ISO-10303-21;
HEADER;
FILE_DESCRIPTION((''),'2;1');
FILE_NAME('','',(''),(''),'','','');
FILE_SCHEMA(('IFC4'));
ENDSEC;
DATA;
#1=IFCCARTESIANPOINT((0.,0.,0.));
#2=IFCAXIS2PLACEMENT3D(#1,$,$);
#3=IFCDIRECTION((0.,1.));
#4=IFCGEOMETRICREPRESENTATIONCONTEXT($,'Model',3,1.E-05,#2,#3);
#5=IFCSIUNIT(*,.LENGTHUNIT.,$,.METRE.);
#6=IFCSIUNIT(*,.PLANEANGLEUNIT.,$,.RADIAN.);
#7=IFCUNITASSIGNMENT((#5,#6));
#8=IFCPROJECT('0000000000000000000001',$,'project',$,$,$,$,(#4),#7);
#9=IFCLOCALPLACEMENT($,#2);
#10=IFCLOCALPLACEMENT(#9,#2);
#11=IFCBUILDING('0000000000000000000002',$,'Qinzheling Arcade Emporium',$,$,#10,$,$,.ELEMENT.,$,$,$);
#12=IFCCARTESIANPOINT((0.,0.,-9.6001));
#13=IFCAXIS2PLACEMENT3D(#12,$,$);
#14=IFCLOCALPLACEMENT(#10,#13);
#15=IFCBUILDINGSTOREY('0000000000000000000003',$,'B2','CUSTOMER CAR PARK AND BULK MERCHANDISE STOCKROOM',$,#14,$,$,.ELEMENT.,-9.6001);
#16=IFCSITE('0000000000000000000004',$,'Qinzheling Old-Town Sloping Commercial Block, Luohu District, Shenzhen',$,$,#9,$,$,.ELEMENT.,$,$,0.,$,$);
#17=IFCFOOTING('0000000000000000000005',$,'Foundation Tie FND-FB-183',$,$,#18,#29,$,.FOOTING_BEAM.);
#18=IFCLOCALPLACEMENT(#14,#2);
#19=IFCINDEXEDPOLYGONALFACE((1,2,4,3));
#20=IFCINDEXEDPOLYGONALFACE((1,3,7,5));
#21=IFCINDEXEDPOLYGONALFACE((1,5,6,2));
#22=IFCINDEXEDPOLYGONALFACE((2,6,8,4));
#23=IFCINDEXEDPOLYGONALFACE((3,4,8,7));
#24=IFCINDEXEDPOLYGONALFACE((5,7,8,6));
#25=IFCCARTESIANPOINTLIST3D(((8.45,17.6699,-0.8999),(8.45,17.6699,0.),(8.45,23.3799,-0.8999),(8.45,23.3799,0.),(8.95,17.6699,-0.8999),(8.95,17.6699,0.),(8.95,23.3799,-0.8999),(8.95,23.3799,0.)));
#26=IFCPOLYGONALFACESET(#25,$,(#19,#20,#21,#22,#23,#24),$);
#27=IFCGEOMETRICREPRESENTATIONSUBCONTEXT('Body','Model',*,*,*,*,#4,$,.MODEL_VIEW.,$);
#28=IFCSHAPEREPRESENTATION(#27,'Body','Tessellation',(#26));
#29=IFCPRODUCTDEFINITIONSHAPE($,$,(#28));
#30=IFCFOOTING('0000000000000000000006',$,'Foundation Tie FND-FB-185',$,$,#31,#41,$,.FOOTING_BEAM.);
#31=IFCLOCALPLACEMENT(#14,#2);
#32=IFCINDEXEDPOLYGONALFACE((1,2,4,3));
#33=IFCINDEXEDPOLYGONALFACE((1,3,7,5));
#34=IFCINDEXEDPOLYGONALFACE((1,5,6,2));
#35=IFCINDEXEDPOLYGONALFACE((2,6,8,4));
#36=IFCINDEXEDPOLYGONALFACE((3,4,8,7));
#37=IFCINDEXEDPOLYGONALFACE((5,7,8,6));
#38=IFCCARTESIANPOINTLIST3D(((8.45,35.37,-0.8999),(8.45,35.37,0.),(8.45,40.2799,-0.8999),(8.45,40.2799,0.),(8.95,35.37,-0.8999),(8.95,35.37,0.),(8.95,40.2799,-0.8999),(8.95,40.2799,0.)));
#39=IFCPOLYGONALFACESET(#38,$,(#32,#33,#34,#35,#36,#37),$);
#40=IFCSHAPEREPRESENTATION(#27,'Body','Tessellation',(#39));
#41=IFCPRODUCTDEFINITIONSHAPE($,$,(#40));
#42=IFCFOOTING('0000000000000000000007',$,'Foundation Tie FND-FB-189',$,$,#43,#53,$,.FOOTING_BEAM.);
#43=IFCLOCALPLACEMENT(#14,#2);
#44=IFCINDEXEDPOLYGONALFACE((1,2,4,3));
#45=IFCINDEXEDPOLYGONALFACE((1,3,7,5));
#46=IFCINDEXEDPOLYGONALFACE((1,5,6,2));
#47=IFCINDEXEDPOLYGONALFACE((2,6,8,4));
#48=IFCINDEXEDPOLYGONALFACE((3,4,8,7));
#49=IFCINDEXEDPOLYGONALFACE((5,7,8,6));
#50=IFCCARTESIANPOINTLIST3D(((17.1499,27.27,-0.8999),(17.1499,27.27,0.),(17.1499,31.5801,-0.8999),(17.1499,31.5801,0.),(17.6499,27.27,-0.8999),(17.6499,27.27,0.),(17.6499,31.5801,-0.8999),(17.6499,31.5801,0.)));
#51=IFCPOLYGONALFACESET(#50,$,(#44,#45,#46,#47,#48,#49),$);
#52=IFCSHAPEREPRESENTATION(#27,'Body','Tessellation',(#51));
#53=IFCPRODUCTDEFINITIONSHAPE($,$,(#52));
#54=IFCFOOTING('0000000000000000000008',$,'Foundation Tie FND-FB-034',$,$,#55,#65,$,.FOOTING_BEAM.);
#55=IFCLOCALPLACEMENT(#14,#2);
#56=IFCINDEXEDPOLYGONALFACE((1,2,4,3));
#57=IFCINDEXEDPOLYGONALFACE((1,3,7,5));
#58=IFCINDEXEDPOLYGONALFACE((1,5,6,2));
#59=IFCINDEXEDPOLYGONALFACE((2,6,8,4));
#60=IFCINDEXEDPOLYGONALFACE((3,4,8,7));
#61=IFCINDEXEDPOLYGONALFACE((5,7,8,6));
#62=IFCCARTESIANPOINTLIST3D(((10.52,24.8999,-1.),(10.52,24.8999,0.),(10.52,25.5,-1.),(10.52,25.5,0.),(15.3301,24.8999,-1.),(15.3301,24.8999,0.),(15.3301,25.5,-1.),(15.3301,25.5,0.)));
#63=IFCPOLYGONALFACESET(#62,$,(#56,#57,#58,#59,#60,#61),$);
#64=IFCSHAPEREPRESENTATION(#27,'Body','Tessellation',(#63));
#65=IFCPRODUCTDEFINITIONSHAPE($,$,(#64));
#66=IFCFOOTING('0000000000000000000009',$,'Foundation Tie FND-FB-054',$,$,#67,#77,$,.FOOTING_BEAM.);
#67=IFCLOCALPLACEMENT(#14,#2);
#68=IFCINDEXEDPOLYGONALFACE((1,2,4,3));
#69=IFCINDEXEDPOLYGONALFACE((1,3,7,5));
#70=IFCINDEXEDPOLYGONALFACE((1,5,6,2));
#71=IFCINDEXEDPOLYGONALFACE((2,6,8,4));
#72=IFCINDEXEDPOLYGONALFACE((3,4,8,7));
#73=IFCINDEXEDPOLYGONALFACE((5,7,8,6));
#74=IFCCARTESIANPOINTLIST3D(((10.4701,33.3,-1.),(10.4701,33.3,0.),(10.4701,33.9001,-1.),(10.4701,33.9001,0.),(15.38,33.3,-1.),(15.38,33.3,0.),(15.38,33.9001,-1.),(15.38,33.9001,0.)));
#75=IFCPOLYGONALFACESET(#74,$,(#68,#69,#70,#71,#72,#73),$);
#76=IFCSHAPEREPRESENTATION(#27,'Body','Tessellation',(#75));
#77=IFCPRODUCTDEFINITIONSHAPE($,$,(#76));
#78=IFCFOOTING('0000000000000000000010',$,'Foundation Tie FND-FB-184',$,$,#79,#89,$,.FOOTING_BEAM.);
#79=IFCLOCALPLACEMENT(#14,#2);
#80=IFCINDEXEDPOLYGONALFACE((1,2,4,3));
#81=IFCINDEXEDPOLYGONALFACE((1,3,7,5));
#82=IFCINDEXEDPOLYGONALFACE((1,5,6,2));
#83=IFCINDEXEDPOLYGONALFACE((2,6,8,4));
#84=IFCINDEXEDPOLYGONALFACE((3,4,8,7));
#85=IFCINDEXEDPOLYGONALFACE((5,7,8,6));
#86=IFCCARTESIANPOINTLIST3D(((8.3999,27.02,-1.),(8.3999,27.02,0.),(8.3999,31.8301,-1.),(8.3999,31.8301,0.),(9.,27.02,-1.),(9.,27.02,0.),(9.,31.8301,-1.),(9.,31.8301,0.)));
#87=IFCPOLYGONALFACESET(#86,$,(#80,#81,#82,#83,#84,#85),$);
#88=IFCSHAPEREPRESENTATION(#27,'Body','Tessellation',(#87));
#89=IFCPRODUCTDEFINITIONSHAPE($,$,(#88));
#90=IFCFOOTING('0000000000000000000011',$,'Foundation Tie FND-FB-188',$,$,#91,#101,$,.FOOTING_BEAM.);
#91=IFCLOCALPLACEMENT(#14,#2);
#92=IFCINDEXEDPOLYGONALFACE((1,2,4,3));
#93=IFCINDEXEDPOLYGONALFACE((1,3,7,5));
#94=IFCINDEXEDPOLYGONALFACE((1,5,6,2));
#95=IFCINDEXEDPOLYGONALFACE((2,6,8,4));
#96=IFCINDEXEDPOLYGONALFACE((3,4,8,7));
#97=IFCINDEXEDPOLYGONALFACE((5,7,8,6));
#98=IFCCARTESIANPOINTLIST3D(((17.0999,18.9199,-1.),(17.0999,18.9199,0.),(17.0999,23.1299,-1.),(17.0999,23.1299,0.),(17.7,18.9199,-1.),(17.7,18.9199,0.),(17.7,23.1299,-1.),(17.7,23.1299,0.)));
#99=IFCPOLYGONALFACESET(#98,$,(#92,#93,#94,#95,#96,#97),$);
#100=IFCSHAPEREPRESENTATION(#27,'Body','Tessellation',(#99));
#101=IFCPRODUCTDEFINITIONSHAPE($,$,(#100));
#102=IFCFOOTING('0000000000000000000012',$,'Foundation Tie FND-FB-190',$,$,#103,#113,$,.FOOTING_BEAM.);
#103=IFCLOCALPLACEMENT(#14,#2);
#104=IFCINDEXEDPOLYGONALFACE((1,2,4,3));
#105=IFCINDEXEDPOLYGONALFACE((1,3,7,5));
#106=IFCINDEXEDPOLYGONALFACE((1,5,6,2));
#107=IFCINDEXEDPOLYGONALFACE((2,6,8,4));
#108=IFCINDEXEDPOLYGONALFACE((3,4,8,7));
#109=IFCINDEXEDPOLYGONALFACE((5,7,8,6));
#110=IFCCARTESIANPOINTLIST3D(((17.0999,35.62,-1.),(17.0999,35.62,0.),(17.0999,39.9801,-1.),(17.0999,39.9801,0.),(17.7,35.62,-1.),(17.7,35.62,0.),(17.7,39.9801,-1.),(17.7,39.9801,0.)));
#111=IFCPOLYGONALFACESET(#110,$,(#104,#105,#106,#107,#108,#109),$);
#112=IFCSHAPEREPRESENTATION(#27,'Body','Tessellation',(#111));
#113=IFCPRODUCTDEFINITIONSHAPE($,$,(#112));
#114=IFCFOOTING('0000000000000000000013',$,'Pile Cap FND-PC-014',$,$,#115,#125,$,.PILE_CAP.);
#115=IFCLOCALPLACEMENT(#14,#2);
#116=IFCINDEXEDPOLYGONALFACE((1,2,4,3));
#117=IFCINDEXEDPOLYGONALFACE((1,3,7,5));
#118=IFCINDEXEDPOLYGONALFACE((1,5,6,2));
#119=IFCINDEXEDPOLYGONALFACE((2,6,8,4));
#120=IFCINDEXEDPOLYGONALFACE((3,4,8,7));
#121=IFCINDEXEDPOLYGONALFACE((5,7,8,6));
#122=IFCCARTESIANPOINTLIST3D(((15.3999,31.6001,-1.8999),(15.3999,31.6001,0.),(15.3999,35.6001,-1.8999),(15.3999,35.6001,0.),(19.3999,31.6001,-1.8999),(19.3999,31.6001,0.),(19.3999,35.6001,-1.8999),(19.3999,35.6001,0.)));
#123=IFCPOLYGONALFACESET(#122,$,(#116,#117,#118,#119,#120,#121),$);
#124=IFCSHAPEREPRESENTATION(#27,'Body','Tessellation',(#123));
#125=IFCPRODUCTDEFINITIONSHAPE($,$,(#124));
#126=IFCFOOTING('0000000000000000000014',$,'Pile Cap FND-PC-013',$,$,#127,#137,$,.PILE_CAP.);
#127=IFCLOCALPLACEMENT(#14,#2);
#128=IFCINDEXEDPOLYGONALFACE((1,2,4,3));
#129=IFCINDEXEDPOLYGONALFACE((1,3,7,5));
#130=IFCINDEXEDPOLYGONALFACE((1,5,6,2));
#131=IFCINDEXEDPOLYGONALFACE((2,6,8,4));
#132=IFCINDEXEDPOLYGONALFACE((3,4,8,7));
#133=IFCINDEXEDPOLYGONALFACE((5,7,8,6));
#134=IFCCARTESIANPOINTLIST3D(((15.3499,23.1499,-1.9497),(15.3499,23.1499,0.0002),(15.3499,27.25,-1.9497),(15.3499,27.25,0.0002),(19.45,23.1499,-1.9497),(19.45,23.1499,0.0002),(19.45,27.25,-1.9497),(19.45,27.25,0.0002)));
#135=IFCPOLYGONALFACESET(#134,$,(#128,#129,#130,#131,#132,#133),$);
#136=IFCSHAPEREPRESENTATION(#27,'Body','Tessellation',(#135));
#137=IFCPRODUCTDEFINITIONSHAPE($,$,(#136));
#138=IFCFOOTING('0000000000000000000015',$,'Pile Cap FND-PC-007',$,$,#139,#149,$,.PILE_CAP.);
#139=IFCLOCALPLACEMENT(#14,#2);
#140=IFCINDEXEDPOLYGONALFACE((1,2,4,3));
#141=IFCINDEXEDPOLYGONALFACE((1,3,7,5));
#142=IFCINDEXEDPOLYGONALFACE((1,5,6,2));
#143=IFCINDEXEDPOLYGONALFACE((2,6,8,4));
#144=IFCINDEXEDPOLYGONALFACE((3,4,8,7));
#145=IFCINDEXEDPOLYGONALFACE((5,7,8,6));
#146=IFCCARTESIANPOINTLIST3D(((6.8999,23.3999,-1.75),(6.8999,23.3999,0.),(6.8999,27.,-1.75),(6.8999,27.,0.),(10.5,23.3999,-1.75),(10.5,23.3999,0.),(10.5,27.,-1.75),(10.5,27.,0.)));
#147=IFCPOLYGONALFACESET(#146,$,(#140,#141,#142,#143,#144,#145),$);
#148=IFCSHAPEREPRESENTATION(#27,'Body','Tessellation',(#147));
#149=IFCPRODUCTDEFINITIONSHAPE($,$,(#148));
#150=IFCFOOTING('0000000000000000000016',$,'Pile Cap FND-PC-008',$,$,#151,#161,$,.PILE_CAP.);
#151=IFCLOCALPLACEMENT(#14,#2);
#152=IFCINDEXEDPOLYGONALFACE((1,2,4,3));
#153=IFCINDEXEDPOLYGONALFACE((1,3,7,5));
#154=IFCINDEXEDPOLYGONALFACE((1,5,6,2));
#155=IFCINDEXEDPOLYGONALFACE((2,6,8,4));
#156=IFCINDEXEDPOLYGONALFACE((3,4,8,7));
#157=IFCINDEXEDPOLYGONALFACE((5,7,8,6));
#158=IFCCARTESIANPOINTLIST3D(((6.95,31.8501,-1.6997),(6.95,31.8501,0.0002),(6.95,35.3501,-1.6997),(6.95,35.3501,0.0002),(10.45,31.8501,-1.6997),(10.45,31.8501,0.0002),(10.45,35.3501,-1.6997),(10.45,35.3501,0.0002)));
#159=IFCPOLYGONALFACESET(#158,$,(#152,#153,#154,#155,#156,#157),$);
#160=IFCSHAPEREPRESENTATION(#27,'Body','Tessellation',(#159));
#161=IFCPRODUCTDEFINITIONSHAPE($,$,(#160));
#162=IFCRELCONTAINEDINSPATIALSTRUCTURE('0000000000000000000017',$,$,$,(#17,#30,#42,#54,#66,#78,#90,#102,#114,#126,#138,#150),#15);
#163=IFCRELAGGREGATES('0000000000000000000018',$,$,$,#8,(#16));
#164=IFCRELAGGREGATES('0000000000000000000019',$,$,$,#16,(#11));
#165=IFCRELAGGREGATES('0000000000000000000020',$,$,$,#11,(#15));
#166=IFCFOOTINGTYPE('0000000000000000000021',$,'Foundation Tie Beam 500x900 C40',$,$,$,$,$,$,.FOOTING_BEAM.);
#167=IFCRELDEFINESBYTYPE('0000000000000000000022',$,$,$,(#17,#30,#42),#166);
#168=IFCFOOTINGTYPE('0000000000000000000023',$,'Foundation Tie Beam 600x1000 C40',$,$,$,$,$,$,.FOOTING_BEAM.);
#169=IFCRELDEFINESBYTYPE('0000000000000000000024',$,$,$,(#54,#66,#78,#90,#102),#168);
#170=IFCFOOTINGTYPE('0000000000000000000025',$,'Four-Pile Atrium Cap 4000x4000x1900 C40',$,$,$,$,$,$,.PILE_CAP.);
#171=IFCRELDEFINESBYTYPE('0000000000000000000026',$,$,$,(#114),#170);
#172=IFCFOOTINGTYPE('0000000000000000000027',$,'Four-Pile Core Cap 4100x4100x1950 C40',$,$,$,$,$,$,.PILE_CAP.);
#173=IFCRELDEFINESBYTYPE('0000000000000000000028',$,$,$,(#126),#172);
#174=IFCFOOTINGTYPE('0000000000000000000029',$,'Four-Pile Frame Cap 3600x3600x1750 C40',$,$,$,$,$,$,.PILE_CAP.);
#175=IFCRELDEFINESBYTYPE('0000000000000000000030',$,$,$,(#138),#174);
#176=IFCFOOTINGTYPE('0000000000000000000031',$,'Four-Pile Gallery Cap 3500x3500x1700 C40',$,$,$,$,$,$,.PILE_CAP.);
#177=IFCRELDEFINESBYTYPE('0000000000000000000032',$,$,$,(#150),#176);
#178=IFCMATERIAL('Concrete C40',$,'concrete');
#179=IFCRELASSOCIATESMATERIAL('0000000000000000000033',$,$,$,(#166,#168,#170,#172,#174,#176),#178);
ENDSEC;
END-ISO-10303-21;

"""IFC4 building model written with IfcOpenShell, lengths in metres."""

from ifc_helpers import new_model, si_unit, direction, frame, origin, origin_2d, place, context, subcontext, project, spatial, rectangle, extrude, material, type_object, element, save


model = new_model("IFC4")

# Units and contexts
model_context = context("Model", 3, precision=1e-05, world=origin(), true_north=direction((0.0, 1.0)))
body_context = subcontext(model_context, "Body", "Model", "MODEL_VIEW")
ifc_project = project(units=[si_unit("LENGTHUNIT", "METRE"), si_unit("PLANEANGLEUNIT", "RADIAN")], contexts=[model_context])

# Site, building, storey
site_placement = place(None, origin())
site = spatial("IfcSite", under=ifc_project, at=site_placement, Name="Qinzheling Old-Town Sloping Commercial Block, Luohu District, Shenzhen", CompositionType="ELEMENT", RefElevation=0.0)
building_placement = place(site_placement, origin())
building = spatial("IfcBuilding", under=site, at=building_placement, Name="Qinzheling Arcade Emporium", CompositionType="ELEMENT")
storey_placement = place(building_placement, frame((0.0, 0.0, -9.6001)))
storey = spatial("IfcBuildingStorey", under=building, at=storey_placement, Name="B2", Description="CUSTOMER CAR PARK AND BULK MERCHANDISE STOCKROOM", CompositionType="ELEMENT", Elevation=-9.6001)

# Footings
ifc_material_1 = material(Name="Concrete C40", Category="concrete")
footing_type_1 = type_object("IfcFootingType", Name="Foundation Tie Beam 500x900 C40", PredefinedType="FOOTING_BEAM", material=ifc_material_1)
footing_1_placement = place(storey_placement, frame((8.7, 20.5249, -0.8999), z_axis=(0.0, 0.0, 1.0), x_axis=(1.0, 0.0, 0.0)))
element("IfcFooting", 1, at=footing_1_placement, inside=storey, type_object=footing_type_1, Name="Foundation Tie FND-FB-183", PredefinedType="FOOTING_BEAM", context=body_context, shape_type="SweptSolid", body=[
    extrude(rectangle(XDim=0.5, YDim=5.71, at=origin_2d()), origin(), (0.0, 0.0, 1.0), 0.8999),
])
footing_2_placement = place(storey_placement, frame((8.7, 37.825, -0.8999), z_axis=(0.0, 0.0, 1.0), x_axis=(1.0, 0.0, 0.0)))
element("IfcFooting", 2, at=footing_2_placement, inside=storey, type_object=footing_type_1, Name="Foundation Tie FND-FB-185", PredefinedType="FOOTING_BEAM", context=body_context, shape_type="SweptSolid", body=[
    extrude(rectangle(XDim=0.5, YDim=4.9099, at=origin_2d()), origin(), (0.0, 0.0, 1.0), 0.8999),
])
footing_3_placement = place(storey_placement, frame((17.3999, 29.425, -0.8999), z_axis=(0.0, 0.0, 1.0), x_axis=(1.0, 0.0, 0.0)))
element("IfcFooting", 3, at=footing_3_placement, inside=storey, type_object=footing_type_1, Name="Foundation Tie FND-FB-189", PredefinedType="FOOTING_BEAM", context=body_context, shape_type="SweptSolid", body=[
    extrude(rectangle(XDim=0.5, YDim=4.3101, at=origin_2d()), origin(), (0.0, 0.0, 1.0), 0.8999),
])
footing_type_2 = type_object("IfcFootingType", Name="Foundation Tie Beam 600x1000 C40", PredefinedType="FOOTING_BEAM", material=ifc_material_1)
footing_4_placement = place(storey_placement, frame((12.925, 25.2, -1.0), z_axis=(0.0, 0.0, 1.0), x_axis=(1.0, 0.0, 0.0)))
element("IfcFooting", 4, at=footing_4_placement, inside=storey, type_object=footing_type_2, Name="Foundation Tie FND-FB-034", PredefinedType="FOOTING_BEAM", context=body_context, shape_type="SweptSolid", body=[
    extrude(rectangle(XDim=4.8101, YDim=0.6001, at=origin_2d()), origin(), (0.0, 0.0, 1.0), 1.0),
])
footing_5_placement = place(storey_placement, frame((12.925, 33.6001, -1.0), z_axis=(0.0, 0.0, 1.0), x_axis=(1.0, 0.0, 0.0)))
element("IfcFooting", 5, at=footing_5_placement, inside=storey, type_object=footing_type_2, Name="Foundation Tie FND-FB-054", PredefinedType="FOOTING_BEAM", context=body_context, shape_type="SweptSolid", body=[
    extrude(rectangle(XDim=4.9099, YDim=0.6001, at=origin_2d()), origin(), (0.0, 0.0, 1.0), 1.0),
])
footing_6_placement = place(storey_placement, frame((8.7, 29.425, -1.0), z_axis=(0.0, 0.0, 1.0), x_axis=(1.0, 0.0, 0.0)))
element("IfcFooting", 6, at=footing_6_placement, inside=storey, type_object=footing_type_2, Name="Foundation Tie FND-FB-184", PredefinedType="FOOTING_BEAM", context=body_context, shape_type="SweptSolid", body=[
    extrude(rectangle(XDim=0.6001, YDim=4.8101, at=origin_2d()), origin(), (0.0, 0.0, 1.0), 1.0),
])
footing_7_placement = place(storey_placement, frame((17.3999, 21.0249, -1.0), z_axis=(0.0, 0.0, 1.0), x_axis=(1.0, 0.0, 0.0)))
element("IfcFooting", 7, at=footing_7_placement, inside=storey, type_object=footing_type_2, Name="Foundation Tie FND-FB-188", PredefinedType="FOOTING_BEAM", context=body_context, shape_type="SweptSolid", body=[
    extrude(rectangle(XDim=0.6001, YDim=4.21, at=origin_2d()), origin(), (0.0, 0.0, 1.0), 1.0),
])
footing_8_placement = place(storey_placement, frame((17.3999, 37.8, -1.0), z_axis=(0.0, 0.0, 1.0), x_axis=(1.0, 0.0, 0.0)))
element("IfcFooting", 8, at=footing_8_placement, inside=storey, type_object=footing_type_2, Name="Foundation Tie FND-FB-190", PredefinedType="FOOTING_BEAM", context=body_context, shape_type="SweptSolid", body=[
    extrude(rectangle(XDim=0.6001, YDim=4.3601, at=origin_2d()), origin(), (0.0, 0.0, 1.0), 1.0),
])
footing_type_3 = type_object("IfcFootingType", Name="Four-Pile Atrium Cap 4000x4000x1900 C40", PredefinedType="PILE_CAP", material=ifc_material_1)
footing_9_placement = place(storey_placement, frame((17.3999, 33.6001, -1.8999), z_axis=(0.0, 0.0, 1.0), x_axis=(1.0, 0.0, 0.0)))
element("IfcFooting", 9, at=footing_9_placement, inside=storey, type_object=footing_type_3, Name="Pile Cap FND-PC-014", PredefinedType="PILE_CAP", context=body_context, shape_type="SweptSolid", body=[
    extrude(rectangle(XDim=4.0, YDim=4.0, at=origin_2d()), origin(), (0.0, 0.0, 1.0), 1.8999),
])
footing_type_4 = type_object("IfcFootingType", Name="Four-Pile Core Cap 4100x4100x1950 C40", PredefinedType="PILE_CAP", material=ifc_material_1)
footing_10_placement = place(storey_placement, frame((17.3999, 25.2, -1.9497), z_axis=(0.0, 0.0, 1.0), x_axis=(1.0, 0.0, 0.0)))
element("IfcFooting", 10, at=footing_10_placement, inside=storey, type_object=footing_type_4, Name="Pile Cap FND-PC-013", PredefinedType="PILE_CAP", context=body_context, shape_type="SweptSolid", body=[
    extrude(rectangle(XDim=4.1001, YDim=4.1001, at=origin_2d()), origin(), (0.0, 0.0, 1.0), 1.95),
])
footing_type_5 = type_object("IfcFootingType", Name="Four-Pile Frame Cap 3600x3600x1750 C40", PredefinedType="PILE_CAP", material=ifc_material_1)
footing_11_placement = place(storey_placement, frame((8.7, 25.2, -1.75), z_axis=(0.0, 0.0, 1.0), x_axis=(1.0, 0.0, 0.0)))
element("IfcFooting", 11, at=footing_11_placement, inside=storey, type_object=footing_type_5, Name="Pile Cap FND-PC-007", PredefinedType="PILE_CAP", context=body_context, shape_type="SweptSolid", body=[
    extrude(rectangle(XDim=3.6001, YDim=3.6001, at=origin_2d()), origin(), (0.0, 0.0, 1.0), 1.75),
])
footing_type_6 = type_object("IfcFootingType", Name="Four-Pile Gallery Cap 3500x3500x1700 C40", PredefinedType="PILE_CAP", material=ifc_material_1)
footing_12_placement = place(storey_placement, frame((8.7, 33.6001, -1.6997), z_axis=(0.0, 0.0, 1.0), x_axis=(1.0, 0.0, 0.0)))
element("IfcFooting", 12, at=footing_12_placement, inside=storey, type_object=footing_type_6, Name="Pile Cap FND-PC-008", PredefinedType="PILE_CAP", context=body_context, shape_type="SweptSolid", body=[
    extrude(rectangle(XDim=3.5, YDim=3.5, at=origin_2d()), origin(), (0.0, 0.0, 1.0), 1.7),
])

save(model, "model.ifc")
